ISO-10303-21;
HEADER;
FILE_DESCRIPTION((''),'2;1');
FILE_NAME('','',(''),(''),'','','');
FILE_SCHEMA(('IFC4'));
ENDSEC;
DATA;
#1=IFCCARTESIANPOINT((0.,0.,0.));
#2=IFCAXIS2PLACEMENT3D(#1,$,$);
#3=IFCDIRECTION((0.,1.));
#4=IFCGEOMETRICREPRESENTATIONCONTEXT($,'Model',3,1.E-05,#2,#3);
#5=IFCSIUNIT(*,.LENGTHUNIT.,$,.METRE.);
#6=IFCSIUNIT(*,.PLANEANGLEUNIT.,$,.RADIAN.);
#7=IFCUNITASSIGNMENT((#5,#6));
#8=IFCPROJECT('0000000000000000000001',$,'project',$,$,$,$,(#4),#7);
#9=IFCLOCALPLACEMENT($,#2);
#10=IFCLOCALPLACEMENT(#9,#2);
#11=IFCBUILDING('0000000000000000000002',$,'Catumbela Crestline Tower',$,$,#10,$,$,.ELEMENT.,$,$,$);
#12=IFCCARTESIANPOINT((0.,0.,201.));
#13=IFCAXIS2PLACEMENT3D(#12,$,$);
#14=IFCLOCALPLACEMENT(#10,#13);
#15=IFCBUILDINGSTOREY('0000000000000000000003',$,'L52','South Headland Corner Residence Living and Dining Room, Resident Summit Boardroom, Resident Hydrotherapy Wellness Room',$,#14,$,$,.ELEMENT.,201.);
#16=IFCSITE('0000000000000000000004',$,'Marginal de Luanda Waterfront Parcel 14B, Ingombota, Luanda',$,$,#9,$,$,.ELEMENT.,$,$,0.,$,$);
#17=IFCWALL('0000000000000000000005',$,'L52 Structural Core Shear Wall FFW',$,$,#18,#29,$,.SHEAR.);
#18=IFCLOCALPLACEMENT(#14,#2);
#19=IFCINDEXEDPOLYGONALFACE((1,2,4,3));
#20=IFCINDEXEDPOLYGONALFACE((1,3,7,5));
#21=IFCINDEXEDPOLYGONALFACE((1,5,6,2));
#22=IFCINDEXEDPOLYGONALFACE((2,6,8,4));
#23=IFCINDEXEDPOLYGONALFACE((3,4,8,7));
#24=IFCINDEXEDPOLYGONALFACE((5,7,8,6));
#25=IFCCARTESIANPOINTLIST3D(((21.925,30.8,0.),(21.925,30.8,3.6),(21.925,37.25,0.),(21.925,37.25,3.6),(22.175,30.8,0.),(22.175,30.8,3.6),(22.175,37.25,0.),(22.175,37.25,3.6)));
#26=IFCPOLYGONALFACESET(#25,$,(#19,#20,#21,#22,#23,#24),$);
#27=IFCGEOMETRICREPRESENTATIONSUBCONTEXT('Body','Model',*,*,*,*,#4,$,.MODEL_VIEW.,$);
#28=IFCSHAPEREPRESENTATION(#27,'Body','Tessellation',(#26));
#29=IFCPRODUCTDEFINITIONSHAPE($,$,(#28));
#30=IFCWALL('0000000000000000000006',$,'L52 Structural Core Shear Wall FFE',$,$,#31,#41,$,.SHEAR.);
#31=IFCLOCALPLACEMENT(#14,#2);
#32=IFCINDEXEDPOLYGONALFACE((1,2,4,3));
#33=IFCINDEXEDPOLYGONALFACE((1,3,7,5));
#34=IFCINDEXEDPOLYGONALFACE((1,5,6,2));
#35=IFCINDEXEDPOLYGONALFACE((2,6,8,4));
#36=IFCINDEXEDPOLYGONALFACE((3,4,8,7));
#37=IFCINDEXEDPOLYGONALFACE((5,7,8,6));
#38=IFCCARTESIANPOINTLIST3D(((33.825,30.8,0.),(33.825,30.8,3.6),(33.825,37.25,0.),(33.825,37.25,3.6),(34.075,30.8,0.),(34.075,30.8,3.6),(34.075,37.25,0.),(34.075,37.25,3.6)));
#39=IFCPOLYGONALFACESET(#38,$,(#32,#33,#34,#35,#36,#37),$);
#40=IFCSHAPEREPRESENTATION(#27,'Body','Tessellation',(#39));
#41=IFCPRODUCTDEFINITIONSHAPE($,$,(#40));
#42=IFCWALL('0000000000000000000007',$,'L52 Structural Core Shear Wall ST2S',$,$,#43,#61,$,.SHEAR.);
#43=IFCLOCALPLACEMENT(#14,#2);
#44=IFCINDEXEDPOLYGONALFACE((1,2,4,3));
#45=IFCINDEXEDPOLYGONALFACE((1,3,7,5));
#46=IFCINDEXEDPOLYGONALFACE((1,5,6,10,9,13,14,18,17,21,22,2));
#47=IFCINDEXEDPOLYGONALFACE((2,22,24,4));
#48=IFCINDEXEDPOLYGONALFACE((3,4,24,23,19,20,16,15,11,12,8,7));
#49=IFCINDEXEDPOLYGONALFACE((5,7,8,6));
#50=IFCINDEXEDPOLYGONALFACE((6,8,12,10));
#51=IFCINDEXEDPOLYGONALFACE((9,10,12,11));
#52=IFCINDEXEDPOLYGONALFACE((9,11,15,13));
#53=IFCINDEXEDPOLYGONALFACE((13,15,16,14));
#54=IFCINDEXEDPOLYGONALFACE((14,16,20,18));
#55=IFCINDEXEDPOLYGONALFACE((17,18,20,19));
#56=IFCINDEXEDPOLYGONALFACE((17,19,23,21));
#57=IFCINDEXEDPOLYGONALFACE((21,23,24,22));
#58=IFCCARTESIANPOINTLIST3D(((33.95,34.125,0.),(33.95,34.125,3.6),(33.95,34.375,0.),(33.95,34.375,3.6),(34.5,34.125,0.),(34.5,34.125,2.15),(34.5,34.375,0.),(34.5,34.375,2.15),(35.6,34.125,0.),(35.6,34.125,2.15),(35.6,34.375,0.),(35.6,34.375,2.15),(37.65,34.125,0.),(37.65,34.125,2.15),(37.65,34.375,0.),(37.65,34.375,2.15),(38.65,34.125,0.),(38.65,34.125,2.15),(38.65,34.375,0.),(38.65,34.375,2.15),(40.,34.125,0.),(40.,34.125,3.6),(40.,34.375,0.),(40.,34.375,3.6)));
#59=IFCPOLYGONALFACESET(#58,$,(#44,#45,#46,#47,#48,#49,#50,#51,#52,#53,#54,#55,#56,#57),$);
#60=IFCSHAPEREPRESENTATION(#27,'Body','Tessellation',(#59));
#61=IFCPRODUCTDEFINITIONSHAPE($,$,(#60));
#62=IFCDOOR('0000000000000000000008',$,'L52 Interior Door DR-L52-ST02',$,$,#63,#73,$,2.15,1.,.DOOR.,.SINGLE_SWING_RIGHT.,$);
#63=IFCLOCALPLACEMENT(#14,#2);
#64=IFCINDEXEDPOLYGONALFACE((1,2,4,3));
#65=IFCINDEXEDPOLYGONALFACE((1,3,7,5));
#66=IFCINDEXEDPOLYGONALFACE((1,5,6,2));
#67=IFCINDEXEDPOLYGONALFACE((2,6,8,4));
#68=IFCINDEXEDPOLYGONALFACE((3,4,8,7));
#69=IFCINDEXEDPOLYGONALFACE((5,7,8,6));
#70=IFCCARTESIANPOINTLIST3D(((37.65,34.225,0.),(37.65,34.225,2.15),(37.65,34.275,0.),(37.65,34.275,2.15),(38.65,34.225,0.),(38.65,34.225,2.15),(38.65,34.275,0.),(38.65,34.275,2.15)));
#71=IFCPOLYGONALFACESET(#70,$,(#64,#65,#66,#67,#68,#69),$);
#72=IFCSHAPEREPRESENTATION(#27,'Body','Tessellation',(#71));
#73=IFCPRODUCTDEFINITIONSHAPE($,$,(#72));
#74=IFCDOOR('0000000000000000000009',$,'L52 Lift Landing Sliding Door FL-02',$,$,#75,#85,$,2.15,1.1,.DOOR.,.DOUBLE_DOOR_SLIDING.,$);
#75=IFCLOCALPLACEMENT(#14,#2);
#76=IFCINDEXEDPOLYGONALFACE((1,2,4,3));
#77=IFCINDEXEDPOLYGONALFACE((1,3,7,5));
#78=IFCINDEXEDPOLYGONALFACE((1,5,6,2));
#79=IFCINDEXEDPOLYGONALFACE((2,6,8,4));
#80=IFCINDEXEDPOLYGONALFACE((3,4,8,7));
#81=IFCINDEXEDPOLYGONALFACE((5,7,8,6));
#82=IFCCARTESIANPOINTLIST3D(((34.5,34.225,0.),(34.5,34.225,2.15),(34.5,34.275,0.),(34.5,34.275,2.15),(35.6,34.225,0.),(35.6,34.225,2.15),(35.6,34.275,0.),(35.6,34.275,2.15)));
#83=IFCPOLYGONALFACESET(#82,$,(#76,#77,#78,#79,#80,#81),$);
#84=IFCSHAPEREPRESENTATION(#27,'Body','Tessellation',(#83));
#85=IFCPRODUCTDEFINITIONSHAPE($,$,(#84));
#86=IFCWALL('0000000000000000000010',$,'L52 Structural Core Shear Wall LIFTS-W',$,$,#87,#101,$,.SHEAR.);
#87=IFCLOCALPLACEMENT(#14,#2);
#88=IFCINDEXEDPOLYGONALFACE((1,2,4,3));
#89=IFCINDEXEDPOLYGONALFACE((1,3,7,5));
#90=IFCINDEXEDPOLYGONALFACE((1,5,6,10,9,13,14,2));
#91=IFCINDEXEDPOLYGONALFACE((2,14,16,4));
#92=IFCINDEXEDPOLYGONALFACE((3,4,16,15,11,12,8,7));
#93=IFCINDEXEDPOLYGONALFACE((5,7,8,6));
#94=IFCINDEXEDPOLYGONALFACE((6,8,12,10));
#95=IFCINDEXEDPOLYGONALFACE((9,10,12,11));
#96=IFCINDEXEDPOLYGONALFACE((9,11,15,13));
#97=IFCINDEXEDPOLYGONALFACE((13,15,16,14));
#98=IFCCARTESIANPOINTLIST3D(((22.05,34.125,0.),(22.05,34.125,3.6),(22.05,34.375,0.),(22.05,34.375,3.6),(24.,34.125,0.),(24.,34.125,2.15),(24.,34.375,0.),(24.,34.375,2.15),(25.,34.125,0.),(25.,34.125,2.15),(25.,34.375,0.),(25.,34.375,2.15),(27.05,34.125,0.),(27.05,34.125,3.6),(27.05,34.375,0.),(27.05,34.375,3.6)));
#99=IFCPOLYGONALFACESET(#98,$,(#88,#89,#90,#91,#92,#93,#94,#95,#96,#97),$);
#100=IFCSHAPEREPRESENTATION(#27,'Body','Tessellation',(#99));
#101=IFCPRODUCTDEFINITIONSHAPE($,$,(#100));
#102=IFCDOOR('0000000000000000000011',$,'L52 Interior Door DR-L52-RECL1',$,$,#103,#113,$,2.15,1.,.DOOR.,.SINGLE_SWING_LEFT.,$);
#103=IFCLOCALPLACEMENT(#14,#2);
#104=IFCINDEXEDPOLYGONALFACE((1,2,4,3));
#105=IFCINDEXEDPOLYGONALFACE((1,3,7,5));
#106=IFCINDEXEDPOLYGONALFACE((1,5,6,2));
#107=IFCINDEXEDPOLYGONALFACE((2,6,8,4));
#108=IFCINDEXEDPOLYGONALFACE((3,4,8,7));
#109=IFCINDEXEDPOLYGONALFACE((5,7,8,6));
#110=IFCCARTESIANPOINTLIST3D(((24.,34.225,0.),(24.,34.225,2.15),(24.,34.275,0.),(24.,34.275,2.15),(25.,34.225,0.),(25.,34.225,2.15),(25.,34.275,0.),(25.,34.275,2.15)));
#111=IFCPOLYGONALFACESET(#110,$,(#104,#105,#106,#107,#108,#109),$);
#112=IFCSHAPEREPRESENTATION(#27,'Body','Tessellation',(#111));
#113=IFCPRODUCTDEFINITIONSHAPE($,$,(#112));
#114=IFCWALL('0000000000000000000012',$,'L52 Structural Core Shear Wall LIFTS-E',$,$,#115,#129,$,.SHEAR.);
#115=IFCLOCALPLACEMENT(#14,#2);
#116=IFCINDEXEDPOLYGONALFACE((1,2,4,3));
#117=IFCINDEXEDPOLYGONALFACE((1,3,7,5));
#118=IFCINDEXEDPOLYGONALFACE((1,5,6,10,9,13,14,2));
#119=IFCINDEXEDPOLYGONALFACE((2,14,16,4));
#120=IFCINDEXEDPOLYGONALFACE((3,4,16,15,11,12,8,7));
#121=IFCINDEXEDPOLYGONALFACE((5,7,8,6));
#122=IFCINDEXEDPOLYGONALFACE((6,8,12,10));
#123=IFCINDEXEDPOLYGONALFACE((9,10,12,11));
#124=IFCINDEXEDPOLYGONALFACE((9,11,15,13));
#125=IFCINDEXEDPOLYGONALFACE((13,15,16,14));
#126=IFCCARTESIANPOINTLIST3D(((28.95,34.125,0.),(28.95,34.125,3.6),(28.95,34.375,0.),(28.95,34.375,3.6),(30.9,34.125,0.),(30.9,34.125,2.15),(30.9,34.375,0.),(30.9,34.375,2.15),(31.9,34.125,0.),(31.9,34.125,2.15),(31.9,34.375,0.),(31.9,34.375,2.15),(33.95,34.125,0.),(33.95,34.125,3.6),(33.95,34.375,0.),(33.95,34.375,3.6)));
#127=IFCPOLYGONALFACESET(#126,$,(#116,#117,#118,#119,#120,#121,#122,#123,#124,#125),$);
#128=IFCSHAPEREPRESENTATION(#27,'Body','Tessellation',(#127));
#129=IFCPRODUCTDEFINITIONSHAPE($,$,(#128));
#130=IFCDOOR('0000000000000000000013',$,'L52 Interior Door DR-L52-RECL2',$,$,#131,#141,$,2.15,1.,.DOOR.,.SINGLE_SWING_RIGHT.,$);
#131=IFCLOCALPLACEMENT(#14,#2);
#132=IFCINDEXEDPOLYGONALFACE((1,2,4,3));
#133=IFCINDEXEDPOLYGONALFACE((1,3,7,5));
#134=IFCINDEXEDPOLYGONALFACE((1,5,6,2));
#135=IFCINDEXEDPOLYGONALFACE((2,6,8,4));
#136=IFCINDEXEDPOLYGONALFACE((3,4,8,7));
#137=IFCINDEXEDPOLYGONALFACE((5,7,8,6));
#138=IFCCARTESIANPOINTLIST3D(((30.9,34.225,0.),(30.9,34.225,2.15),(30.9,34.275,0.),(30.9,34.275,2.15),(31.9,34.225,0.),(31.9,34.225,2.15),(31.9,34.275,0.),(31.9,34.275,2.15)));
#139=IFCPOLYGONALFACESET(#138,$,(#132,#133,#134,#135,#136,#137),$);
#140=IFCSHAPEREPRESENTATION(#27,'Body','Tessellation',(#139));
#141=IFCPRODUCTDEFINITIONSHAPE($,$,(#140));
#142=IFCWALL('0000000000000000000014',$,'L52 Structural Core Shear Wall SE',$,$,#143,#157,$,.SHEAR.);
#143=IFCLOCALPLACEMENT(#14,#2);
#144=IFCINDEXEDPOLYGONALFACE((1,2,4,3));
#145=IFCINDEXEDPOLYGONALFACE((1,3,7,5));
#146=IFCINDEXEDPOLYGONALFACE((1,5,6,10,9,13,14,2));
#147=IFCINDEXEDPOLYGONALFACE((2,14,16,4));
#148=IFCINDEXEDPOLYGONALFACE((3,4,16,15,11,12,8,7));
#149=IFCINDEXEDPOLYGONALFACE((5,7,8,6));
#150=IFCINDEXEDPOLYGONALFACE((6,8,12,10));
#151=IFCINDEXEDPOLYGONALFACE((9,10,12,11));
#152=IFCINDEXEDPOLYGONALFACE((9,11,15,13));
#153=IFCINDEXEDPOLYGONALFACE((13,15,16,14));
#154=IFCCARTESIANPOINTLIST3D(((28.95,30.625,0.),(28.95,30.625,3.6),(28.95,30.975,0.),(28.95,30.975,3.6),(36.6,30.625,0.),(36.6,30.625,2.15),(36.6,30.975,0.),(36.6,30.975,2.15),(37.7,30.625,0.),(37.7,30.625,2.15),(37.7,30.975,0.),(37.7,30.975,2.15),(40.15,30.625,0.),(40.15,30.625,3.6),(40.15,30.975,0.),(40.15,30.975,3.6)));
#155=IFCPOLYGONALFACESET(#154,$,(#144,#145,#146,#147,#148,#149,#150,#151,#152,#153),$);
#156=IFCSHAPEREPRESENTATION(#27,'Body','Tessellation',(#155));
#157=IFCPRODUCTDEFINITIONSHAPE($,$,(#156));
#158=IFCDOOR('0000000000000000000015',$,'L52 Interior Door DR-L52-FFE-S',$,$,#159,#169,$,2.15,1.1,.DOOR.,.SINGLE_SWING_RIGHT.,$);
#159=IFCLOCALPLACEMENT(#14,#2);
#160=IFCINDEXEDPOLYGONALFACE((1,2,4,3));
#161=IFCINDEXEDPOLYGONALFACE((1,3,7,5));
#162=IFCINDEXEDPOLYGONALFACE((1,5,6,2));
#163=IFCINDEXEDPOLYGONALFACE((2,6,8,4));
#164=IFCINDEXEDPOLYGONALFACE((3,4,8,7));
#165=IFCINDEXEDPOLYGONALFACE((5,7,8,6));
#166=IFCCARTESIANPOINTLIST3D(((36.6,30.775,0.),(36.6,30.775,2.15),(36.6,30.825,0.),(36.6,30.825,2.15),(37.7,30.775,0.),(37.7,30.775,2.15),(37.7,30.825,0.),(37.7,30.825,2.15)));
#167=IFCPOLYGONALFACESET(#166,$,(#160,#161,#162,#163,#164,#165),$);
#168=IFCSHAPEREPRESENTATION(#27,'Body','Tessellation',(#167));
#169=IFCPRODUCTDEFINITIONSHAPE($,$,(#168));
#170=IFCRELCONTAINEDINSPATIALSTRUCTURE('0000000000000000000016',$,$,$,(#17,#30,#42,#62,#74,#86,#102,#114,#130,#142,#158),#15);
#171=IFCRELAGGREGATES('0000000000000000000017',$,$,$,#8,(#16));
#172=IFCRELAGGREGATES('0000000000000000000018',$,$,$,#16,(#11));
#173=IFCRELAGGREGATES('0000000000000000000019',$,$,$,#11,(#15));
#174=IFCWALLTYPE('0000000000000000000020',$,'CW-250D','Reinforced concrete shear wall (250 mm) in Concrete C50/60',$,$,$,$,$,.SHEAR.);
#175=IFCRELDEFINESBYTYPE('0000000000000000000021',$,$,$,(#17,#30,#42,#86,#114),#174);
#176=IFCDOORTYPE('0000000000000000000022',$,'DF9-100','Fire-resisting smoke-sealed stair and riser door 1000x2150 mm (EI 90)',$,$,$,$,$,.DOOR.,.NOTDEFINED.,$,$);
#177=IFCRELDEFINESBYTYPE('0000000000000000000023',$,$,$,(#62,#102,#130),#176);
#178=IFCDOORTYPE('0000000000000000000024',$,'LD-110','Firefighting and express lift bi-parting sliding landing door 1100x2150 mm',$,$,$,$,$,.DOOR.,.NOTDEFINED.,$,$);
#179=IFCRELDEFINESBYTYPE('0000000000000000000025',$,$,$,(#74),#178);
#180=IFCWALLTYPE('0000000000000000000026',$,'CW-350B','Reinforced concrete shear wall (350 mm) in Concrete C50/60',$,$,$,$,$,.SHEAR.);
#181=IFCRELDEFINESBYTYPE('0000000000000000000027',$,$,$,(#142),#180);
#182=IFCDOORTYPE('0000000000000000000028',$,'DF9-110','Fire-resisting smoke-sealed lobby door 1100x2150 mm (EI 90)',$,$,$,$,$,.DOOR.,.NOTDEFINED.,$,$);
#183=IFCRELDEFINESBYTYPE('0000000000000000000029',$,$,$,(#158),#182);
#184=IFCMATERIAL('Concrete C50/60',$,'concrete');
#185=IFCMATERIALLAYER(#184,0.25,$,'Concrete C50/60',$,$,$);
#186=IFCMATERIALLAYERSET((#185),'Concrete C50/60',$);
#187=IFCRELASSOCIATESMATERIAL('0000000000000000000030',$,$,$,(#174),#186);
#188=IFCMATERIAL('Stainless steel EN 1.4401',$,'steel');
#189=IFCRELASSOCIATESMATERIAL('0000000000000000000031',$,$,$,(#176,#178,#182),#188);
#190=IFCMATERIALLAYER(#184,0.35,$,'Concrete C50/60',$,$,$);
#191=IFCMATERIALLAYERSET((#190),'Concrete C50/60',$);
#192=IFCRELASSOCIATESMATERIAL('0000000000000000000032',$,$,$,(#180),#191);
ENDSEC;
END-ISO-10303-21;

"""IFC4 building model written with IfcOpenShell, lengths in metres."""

from ifc_helpers import new_model, si_unit, direction, frame, frame_2d, origin, place, context, subcontext, project, spatial, rectangle, extrude, material, layer, layer_set, type_object, element, fill, save


model = new_model("IFC4")

# Units and contexts
model_context = context("Model", 3, precision=1e-05, world=origin(), true_north=direction((0.0, 1.0)))
body_context = subcontext(model_context, "Body", "Model", "MODEL_VIEW")
ifc_project = project(units=[si_unit("LENGTHUNIT", "METRE"), si_unit("PLANEANGLEUNIT", "RADIAN")], contexts=[model_context])

# Site, building, storey
site_placement = place(None, origin())
site = spatial("IfcSite", under=ifc_project, at=site_placement, Name="Marginal de Luanda Waterfront Parcel 14B, Ingombota, Luanda", CompositionType="ELEMENT", RefElevation=0.0)
building_placement = place(site_placement, origin())
building = spatial("IfcBuilding", under=site, at=building_placement, Name="Catumbela Crestline Tower", CompositionType="ELEMENT")
storey_placement = place(building_placement, frame((0.0, 0.0, 201.0)))
storey = spatial("IfcBuildingStorey", under=building, at=storey_placement, Name="L52", Description="South Headland Corner Residence Living and Dining Room, Resident Summit Boardroom, Resident Hydrotherapy Wellness Room", CompositionType="ELEMENT", Elevation=201.0)

# Walls
ifc_material_1 = material(Name="Concrete C50/60", Category="concrete")
ifc_layer_1 = layer(ifc_material_1, 0.25, Name="Concrete C50/60")
ifc_layer_set_1 = layer_set([ifc_layer_1], Name="Concrete C50/60")
wall_type_1 = type_object("IfcWallType", Name="CW-250D", Description="Reinforced concrete shear wall (250 mm) in Concrete C50/60", PredefinedType="SHEAR", material=ifc_layer_set_1)
for number, where, z_axis, x_axis, name in (
    (1, (22.05, 30.8, 0.0), (0.0, 0.0, 1.0), (0.0, 1.0, 0.0), "L52 Structural Core Shear Wall FFW"),
    (2, (33.95, 30.8, 0.0), (0.0, 0.0, 1.0), (0.0, 1.0, 0.0), "L52 Structural Core Shear Wall FFE"),
):
    element("IfcWall", number, at=place(storey_placement, frame(where, z_axis=z_axis, x_axis=x_axis)), inside=storey, type_object=wall_type_1, Name=name, PredefinedType="SHEAR", context=body_context, shape_type="SweptSolid", body=[
        extrude(rectangle(XDim=6.45, YDim=0.25, at=frame_2d((3.225, 0.0))), origin(), (0.0, 0.0, 1.0), 3.6),
    ])

# Wall, openings, doors
wall_1_placement = place(storey_placement, frame((33.95, 34.25, 0.0), z_axis=(0.0, 0.0, 1.0), x_axis=(1.0, 0.0, 0.0)))
wall_1 = element("IfcWall", 3, at=wall_1_placement, inside=storey, type_object=wall_type_1, Name="L52 Structural Core Shear Wall ST2S", PredefinedType="SHEAR", context=body_context, shape_type="SweptSolid", body=[
    extrude(rectangle(XDim=6.05, YDim=0.25, at=frame_2d((3.025, 0.0))), origin(), (0.0, 0.0, 1.0), 3.6),
])
opening_1_placement = place(wall_1_placement, frame((3.7, 0.0, 0.0)))
opening_1 = element("IfcOpeningElement", 4, at=opening_1_placement, cuts=wall_1, PredefinedType="OPENING", context=body_context, shape_type="SweptSolid", body=[
    extrude(rectangle(XDim=1.0, YDim=2.15, at=frame_2d((0.5, 1.075))), frame((0.0, 0.135, 0.0), z_axis=(0.0, -1.0, 0.0), x_axis=(1.0, 0.0, 0.0)), (0.0, 0.0, 1.0), 0.27),
])
opening_2_placement = place(wall_1_placement, frame((0.55, 0.0, 0.0)))
opening_2 = element("IfcOpeningElement", 5, at=opening_2_placement, cuts=wall_1, PredefinedType="OPENING", context=body_context, shape_type="SweptSolid", body=[
    extrude(rectangle(XDim=1.1, YDim=2.15, at=frame_2d((0.55, 1.075))), frame((0.0, 0.135, 0.0), z_axis=(0.0, -1.0, 0.0), x_axis=(1.0, 0.0, 0.0)), (0.0, 0.0, 1.0), 0.27),
])
ifc_material_2 = material(Name="Stainless steel EN 1.4401", Category="steel")
door_type_1 = type_object("IfcDoorType", Name="DF9-100", Description="Fire-resisting smoke-sealed stair and riser door 1000x2150 mm (EI 90)", OperationType="NOTDEFINED", PredefinedType="DOOR", material=ifc_material_2)
door_1_placement = place(opening_1_placement, origin())
door_1 = element("IfcDoor", 6, at=door_1_placement, inside=storey, type_object=door_type_1, Name="L52 Interior Door DR-L52-ST02", OperationType="SINGLE_SWING_RIGHT", OverallHeight=2.15, OverallWidth=1.0, PredefinedType="DOOR", context=body_context, shape_type="SweptSolid", body=[
    extrude(rectangle(XDim=1.0, YDim=2.15, at=frame_2d((0.5, 1.075))), frame((0.0, 0.025, 0.0), z_axis=(0.0, -1.0, 0.0), x_axis=(1.0, 0.0, 0.0)), (0.0, 0.0, 1.0), 0.05),
])
fill(opening_1, door_1)
door_type_2 = type_object("IfcDoorType", Name="LD-110", Description="Firefighting and express lift bi-parting sliding landing door 1100x2150 mm", OperationType="NOTDEFINED", PredefinedType="DOOR", material=ifc_material_2)
door_2_placement = place(opening_2_placement, origin())
door_2 = element("IfcDoor", 7, at=door_2_placement, inside=storey, type_object=door_type_2, Name="L52 Lift Landing Sliding Door FL-02", OperationType="DOUBLE_DOOR_SLIDING", OverallHeight=2.15, OverallWidth=1.1, PredefinedType="DOOR", context=body_context, shape_type="SweptSolid", body=[
    extrude(rectangle(XDim=1.1, YDim=2.15, at=frame_2d((0.55, 1.075))), frame((0.0, 0.025, 0.0), z_axis=(0.0, -1.0, 0.0), x_axis=(1.0, 0.0, 0.0)), (0.0, 0.0, 1.0), 0.05),
])
fill(opening_2, door_2)

# Walls, openings, doors
wall_2_placement = place(storey_placement, frame((22.05, 34.25, 0.0), z_axis=(0.0, 0.0, 1.0), x_axis=(1.0, 0.0, 0.0)))
wall_2 = element("IfcWall", 8, at=wall_2_placement, inside=storey, type_object=wall_type_1, Name="L52 Structural Core Shear Wall LIFTS-W", PredefinedType="SHEAR", context=body_context, shape_type="SweptSolid", body=[
    extrude(rectangle(XDim=5.0, YDim=0.25, at=frame_2d((2.5, 0.0))), origin(), (0.0, 0.0, 1.0), 3.6),
])
opening_3_placement = place(wall_2_placement, frame((1.95, 0.0, 0.0)))
opening_3 = element("IfcOpeningElement", 9, at=opening_3_placement, cuts=wall_2, PredefinedType="OPENING", context=body_context, shape_type="SweptSolid", body=[
    extrude(rectangle(XDim=1.0, YDim=2.15, at=frame_2d((0.5, 1.075))), frame((0.0, 0.135, 0.0), z_axis=(0.0, -1.0, 0.0), x_axis=(1.0, 0.0, 0.0)), (0.0, 0.0, 1.0), 0.27),
])
door_3_placement = place(opening_3_placement, origin())
door_3 = element("IfcDoor", 10, at=door_3_placement, inside=storey, type_object=door_type_1, Name="L52 Interior Door DR-L52-RECL1", OperationType="SINGLE_SWING_LEFT", OverallHeight=2.15, OverallWidth=1.0, PredefinedType="DOOR", context=body_context, shape_type="SweptSolid", body=[
    extrude(rectangle(XDim=1.0, YDim=2.15, at=frame_2d((0.5, 1.075))), frame((0.0, 0.025, 0.0), z_axis=(0.0, -1.0, 0.0), x_axis=(1.0, 0.0, 0.0)), (0.0, 0.0, 1.0), 0.05),
])
fill(opening_3, door_3)
wall_3_placement = place(storey_placement, frame((28.95, 34.25, 0.0), z_axis=(0.0, 0.0, 1.0), x_axis=(1.0, 0.0, 0.0)))
wall_3 = element("IfcWall", 11, at=wall_3_placement, inside=storey, type_object=wall_type_1, Name="L52 Structural Core Shear Wall LIFTS-E", PredefinedType="SHEAR", context=body_context, shape_type="SweptSolid", body=[
    extrude(rectangle(XDim=5.0, YDim=0.25, at=frame_2d((2.5, 0.0))), origin(), (0.0, 0.0, 1.0), 3.6),
])
opening_4_placement = place(wall_3_placement, frame((1.95, 0.0, 0.0)))
opening_4 = element("IfcOpeningElement", 12, at=opening_4_placement, cuts=wall_3, PredefinedType="OPENING", context=body_context, shape_type="SweptSolid", body=[
    extrude(rectangle(XDim=1.0, YDim=2.15, at=frame_2d((0.5, 1.075))), frame((0.0, 0.135, 0.0), z_axis=(0.0, -1.0, 0.0), x_axis=(1.0, 0.0, 0.0)), (0.0, 0.0, 1.0), 0.27),
])
door_4_placement = place(opening_4_placement, origin())
door_4 = element("IfcDoor", 13, at=door_4_placement, inside=storey, type_object=door_type_1, Name="L52 Interior Door DR-L52-RECL2", OperationType="SINGLE_SWING_RIGHT", OverallHeight=2.15, OverallWidth=1.0, PredefinedType="DOOR", context=body_context, shape_type="SweptSolid", body=[
    extrude(rectangle(XDim=1.0, YDim=2.15, at=frame_2d((0.5, 1.075))), frame((0.0, 0.025, 0.0), z_axis=(0.0, -1.0, 0.0), x_axis=(1.0, 0.0, 0.0)), (0.0, 0.0, 1.0), 0.05),
])
fill(opening_4, door_4)
ifc_layer_2 = layer(ifc_material_1, 0.35, Name="Concrete C50/60")
ifc_layer_set_2 = layer_set([ifc_layer_2], Name="Concrete C50/60")
wall_type_2 = type_object("IfcWallType", Name="CW-350B", Description="Reinforced concrete shear wall (350 mm) in Concrete C50/60", PredefinedType="SHEAR", material=ifc_layer_set_2)
wall_4_placement = place(storey_placement, frame((28.95, 30.8, 0.0), z_axis=(0.0, 0.0, 1.0), x_axis=(1.0, 0.0, 0.0)))
wall_4 = element("IfcWall", 14, at=wall_4_placement, inside=storey, type_object=wall_type_2, Name="L52 Structural Core Shear Wall SE", PredefinedType="SHEAR", context=body_context, shape_type="SweptSolid", body=[
    extrude(rectangle(XDim=11.2, YDim=0.35, at=frame_2d((5.6, 0.0))), origin(), (0.0, 0.0, 1.0), 3.6),
])
opening_5_placement = place(wall_4_placement, frame((7.65, 0.0, 0.0)))
opening_5 = element("IfcOpeningElement", 15, at=opening_5_placement, cuts=wall_4, PredefinedType="OPENING", context=body_context, shape_type="SweptSolid", body=[
    extrude(rectangle(XDim=1.1, YDim=2.15, at=frame_2d((0.55, 1.075))), frame((0.0, 0.185, 0.0), z_axis=(0.0, -1.0, 0.0), x_axis=(1.0, 0.0, 0.0)), (0.0, 0.0, 1.0), 0.37),
])
door_type_3 = type_object("IfcDoorType", Name="DF9-110", Description="Fire-resisting smoke-sealed lobby door 1100x2150 mm (EI 90)", OperationType="NOTDEFINED", PredefinedType="DOOR", material=ifc_material_2)
door_5_placement = place(opening_5_placement, origin())
door_5 = element("IfcDoor", 16, at=door_5_placement, inside=storey, type_object=door_type_3, Name="L52 Interior Door DR-L52-FFE-S", OperationType="SINGLE_SWING_RIGHT", OverallHeight=2.15, OverallWidth=1.1, PredefinedType="DOOR", context=body_context, shape_type="SweptSolid", body=[
    extrude(rectangle(XDim=1.1, YDim=2.15, at=frame_2d((0.55, 1.075))), frame((0.0, 0.025, 0.0), z_axis=(0.0, -1.0, 0.0), x_axis=(1.0, 0.0, 0.0)), (0.0, 0.0, 1.0), 0.05),
])
fill(opening_5, door_5)

save(model, "model.ifc")
